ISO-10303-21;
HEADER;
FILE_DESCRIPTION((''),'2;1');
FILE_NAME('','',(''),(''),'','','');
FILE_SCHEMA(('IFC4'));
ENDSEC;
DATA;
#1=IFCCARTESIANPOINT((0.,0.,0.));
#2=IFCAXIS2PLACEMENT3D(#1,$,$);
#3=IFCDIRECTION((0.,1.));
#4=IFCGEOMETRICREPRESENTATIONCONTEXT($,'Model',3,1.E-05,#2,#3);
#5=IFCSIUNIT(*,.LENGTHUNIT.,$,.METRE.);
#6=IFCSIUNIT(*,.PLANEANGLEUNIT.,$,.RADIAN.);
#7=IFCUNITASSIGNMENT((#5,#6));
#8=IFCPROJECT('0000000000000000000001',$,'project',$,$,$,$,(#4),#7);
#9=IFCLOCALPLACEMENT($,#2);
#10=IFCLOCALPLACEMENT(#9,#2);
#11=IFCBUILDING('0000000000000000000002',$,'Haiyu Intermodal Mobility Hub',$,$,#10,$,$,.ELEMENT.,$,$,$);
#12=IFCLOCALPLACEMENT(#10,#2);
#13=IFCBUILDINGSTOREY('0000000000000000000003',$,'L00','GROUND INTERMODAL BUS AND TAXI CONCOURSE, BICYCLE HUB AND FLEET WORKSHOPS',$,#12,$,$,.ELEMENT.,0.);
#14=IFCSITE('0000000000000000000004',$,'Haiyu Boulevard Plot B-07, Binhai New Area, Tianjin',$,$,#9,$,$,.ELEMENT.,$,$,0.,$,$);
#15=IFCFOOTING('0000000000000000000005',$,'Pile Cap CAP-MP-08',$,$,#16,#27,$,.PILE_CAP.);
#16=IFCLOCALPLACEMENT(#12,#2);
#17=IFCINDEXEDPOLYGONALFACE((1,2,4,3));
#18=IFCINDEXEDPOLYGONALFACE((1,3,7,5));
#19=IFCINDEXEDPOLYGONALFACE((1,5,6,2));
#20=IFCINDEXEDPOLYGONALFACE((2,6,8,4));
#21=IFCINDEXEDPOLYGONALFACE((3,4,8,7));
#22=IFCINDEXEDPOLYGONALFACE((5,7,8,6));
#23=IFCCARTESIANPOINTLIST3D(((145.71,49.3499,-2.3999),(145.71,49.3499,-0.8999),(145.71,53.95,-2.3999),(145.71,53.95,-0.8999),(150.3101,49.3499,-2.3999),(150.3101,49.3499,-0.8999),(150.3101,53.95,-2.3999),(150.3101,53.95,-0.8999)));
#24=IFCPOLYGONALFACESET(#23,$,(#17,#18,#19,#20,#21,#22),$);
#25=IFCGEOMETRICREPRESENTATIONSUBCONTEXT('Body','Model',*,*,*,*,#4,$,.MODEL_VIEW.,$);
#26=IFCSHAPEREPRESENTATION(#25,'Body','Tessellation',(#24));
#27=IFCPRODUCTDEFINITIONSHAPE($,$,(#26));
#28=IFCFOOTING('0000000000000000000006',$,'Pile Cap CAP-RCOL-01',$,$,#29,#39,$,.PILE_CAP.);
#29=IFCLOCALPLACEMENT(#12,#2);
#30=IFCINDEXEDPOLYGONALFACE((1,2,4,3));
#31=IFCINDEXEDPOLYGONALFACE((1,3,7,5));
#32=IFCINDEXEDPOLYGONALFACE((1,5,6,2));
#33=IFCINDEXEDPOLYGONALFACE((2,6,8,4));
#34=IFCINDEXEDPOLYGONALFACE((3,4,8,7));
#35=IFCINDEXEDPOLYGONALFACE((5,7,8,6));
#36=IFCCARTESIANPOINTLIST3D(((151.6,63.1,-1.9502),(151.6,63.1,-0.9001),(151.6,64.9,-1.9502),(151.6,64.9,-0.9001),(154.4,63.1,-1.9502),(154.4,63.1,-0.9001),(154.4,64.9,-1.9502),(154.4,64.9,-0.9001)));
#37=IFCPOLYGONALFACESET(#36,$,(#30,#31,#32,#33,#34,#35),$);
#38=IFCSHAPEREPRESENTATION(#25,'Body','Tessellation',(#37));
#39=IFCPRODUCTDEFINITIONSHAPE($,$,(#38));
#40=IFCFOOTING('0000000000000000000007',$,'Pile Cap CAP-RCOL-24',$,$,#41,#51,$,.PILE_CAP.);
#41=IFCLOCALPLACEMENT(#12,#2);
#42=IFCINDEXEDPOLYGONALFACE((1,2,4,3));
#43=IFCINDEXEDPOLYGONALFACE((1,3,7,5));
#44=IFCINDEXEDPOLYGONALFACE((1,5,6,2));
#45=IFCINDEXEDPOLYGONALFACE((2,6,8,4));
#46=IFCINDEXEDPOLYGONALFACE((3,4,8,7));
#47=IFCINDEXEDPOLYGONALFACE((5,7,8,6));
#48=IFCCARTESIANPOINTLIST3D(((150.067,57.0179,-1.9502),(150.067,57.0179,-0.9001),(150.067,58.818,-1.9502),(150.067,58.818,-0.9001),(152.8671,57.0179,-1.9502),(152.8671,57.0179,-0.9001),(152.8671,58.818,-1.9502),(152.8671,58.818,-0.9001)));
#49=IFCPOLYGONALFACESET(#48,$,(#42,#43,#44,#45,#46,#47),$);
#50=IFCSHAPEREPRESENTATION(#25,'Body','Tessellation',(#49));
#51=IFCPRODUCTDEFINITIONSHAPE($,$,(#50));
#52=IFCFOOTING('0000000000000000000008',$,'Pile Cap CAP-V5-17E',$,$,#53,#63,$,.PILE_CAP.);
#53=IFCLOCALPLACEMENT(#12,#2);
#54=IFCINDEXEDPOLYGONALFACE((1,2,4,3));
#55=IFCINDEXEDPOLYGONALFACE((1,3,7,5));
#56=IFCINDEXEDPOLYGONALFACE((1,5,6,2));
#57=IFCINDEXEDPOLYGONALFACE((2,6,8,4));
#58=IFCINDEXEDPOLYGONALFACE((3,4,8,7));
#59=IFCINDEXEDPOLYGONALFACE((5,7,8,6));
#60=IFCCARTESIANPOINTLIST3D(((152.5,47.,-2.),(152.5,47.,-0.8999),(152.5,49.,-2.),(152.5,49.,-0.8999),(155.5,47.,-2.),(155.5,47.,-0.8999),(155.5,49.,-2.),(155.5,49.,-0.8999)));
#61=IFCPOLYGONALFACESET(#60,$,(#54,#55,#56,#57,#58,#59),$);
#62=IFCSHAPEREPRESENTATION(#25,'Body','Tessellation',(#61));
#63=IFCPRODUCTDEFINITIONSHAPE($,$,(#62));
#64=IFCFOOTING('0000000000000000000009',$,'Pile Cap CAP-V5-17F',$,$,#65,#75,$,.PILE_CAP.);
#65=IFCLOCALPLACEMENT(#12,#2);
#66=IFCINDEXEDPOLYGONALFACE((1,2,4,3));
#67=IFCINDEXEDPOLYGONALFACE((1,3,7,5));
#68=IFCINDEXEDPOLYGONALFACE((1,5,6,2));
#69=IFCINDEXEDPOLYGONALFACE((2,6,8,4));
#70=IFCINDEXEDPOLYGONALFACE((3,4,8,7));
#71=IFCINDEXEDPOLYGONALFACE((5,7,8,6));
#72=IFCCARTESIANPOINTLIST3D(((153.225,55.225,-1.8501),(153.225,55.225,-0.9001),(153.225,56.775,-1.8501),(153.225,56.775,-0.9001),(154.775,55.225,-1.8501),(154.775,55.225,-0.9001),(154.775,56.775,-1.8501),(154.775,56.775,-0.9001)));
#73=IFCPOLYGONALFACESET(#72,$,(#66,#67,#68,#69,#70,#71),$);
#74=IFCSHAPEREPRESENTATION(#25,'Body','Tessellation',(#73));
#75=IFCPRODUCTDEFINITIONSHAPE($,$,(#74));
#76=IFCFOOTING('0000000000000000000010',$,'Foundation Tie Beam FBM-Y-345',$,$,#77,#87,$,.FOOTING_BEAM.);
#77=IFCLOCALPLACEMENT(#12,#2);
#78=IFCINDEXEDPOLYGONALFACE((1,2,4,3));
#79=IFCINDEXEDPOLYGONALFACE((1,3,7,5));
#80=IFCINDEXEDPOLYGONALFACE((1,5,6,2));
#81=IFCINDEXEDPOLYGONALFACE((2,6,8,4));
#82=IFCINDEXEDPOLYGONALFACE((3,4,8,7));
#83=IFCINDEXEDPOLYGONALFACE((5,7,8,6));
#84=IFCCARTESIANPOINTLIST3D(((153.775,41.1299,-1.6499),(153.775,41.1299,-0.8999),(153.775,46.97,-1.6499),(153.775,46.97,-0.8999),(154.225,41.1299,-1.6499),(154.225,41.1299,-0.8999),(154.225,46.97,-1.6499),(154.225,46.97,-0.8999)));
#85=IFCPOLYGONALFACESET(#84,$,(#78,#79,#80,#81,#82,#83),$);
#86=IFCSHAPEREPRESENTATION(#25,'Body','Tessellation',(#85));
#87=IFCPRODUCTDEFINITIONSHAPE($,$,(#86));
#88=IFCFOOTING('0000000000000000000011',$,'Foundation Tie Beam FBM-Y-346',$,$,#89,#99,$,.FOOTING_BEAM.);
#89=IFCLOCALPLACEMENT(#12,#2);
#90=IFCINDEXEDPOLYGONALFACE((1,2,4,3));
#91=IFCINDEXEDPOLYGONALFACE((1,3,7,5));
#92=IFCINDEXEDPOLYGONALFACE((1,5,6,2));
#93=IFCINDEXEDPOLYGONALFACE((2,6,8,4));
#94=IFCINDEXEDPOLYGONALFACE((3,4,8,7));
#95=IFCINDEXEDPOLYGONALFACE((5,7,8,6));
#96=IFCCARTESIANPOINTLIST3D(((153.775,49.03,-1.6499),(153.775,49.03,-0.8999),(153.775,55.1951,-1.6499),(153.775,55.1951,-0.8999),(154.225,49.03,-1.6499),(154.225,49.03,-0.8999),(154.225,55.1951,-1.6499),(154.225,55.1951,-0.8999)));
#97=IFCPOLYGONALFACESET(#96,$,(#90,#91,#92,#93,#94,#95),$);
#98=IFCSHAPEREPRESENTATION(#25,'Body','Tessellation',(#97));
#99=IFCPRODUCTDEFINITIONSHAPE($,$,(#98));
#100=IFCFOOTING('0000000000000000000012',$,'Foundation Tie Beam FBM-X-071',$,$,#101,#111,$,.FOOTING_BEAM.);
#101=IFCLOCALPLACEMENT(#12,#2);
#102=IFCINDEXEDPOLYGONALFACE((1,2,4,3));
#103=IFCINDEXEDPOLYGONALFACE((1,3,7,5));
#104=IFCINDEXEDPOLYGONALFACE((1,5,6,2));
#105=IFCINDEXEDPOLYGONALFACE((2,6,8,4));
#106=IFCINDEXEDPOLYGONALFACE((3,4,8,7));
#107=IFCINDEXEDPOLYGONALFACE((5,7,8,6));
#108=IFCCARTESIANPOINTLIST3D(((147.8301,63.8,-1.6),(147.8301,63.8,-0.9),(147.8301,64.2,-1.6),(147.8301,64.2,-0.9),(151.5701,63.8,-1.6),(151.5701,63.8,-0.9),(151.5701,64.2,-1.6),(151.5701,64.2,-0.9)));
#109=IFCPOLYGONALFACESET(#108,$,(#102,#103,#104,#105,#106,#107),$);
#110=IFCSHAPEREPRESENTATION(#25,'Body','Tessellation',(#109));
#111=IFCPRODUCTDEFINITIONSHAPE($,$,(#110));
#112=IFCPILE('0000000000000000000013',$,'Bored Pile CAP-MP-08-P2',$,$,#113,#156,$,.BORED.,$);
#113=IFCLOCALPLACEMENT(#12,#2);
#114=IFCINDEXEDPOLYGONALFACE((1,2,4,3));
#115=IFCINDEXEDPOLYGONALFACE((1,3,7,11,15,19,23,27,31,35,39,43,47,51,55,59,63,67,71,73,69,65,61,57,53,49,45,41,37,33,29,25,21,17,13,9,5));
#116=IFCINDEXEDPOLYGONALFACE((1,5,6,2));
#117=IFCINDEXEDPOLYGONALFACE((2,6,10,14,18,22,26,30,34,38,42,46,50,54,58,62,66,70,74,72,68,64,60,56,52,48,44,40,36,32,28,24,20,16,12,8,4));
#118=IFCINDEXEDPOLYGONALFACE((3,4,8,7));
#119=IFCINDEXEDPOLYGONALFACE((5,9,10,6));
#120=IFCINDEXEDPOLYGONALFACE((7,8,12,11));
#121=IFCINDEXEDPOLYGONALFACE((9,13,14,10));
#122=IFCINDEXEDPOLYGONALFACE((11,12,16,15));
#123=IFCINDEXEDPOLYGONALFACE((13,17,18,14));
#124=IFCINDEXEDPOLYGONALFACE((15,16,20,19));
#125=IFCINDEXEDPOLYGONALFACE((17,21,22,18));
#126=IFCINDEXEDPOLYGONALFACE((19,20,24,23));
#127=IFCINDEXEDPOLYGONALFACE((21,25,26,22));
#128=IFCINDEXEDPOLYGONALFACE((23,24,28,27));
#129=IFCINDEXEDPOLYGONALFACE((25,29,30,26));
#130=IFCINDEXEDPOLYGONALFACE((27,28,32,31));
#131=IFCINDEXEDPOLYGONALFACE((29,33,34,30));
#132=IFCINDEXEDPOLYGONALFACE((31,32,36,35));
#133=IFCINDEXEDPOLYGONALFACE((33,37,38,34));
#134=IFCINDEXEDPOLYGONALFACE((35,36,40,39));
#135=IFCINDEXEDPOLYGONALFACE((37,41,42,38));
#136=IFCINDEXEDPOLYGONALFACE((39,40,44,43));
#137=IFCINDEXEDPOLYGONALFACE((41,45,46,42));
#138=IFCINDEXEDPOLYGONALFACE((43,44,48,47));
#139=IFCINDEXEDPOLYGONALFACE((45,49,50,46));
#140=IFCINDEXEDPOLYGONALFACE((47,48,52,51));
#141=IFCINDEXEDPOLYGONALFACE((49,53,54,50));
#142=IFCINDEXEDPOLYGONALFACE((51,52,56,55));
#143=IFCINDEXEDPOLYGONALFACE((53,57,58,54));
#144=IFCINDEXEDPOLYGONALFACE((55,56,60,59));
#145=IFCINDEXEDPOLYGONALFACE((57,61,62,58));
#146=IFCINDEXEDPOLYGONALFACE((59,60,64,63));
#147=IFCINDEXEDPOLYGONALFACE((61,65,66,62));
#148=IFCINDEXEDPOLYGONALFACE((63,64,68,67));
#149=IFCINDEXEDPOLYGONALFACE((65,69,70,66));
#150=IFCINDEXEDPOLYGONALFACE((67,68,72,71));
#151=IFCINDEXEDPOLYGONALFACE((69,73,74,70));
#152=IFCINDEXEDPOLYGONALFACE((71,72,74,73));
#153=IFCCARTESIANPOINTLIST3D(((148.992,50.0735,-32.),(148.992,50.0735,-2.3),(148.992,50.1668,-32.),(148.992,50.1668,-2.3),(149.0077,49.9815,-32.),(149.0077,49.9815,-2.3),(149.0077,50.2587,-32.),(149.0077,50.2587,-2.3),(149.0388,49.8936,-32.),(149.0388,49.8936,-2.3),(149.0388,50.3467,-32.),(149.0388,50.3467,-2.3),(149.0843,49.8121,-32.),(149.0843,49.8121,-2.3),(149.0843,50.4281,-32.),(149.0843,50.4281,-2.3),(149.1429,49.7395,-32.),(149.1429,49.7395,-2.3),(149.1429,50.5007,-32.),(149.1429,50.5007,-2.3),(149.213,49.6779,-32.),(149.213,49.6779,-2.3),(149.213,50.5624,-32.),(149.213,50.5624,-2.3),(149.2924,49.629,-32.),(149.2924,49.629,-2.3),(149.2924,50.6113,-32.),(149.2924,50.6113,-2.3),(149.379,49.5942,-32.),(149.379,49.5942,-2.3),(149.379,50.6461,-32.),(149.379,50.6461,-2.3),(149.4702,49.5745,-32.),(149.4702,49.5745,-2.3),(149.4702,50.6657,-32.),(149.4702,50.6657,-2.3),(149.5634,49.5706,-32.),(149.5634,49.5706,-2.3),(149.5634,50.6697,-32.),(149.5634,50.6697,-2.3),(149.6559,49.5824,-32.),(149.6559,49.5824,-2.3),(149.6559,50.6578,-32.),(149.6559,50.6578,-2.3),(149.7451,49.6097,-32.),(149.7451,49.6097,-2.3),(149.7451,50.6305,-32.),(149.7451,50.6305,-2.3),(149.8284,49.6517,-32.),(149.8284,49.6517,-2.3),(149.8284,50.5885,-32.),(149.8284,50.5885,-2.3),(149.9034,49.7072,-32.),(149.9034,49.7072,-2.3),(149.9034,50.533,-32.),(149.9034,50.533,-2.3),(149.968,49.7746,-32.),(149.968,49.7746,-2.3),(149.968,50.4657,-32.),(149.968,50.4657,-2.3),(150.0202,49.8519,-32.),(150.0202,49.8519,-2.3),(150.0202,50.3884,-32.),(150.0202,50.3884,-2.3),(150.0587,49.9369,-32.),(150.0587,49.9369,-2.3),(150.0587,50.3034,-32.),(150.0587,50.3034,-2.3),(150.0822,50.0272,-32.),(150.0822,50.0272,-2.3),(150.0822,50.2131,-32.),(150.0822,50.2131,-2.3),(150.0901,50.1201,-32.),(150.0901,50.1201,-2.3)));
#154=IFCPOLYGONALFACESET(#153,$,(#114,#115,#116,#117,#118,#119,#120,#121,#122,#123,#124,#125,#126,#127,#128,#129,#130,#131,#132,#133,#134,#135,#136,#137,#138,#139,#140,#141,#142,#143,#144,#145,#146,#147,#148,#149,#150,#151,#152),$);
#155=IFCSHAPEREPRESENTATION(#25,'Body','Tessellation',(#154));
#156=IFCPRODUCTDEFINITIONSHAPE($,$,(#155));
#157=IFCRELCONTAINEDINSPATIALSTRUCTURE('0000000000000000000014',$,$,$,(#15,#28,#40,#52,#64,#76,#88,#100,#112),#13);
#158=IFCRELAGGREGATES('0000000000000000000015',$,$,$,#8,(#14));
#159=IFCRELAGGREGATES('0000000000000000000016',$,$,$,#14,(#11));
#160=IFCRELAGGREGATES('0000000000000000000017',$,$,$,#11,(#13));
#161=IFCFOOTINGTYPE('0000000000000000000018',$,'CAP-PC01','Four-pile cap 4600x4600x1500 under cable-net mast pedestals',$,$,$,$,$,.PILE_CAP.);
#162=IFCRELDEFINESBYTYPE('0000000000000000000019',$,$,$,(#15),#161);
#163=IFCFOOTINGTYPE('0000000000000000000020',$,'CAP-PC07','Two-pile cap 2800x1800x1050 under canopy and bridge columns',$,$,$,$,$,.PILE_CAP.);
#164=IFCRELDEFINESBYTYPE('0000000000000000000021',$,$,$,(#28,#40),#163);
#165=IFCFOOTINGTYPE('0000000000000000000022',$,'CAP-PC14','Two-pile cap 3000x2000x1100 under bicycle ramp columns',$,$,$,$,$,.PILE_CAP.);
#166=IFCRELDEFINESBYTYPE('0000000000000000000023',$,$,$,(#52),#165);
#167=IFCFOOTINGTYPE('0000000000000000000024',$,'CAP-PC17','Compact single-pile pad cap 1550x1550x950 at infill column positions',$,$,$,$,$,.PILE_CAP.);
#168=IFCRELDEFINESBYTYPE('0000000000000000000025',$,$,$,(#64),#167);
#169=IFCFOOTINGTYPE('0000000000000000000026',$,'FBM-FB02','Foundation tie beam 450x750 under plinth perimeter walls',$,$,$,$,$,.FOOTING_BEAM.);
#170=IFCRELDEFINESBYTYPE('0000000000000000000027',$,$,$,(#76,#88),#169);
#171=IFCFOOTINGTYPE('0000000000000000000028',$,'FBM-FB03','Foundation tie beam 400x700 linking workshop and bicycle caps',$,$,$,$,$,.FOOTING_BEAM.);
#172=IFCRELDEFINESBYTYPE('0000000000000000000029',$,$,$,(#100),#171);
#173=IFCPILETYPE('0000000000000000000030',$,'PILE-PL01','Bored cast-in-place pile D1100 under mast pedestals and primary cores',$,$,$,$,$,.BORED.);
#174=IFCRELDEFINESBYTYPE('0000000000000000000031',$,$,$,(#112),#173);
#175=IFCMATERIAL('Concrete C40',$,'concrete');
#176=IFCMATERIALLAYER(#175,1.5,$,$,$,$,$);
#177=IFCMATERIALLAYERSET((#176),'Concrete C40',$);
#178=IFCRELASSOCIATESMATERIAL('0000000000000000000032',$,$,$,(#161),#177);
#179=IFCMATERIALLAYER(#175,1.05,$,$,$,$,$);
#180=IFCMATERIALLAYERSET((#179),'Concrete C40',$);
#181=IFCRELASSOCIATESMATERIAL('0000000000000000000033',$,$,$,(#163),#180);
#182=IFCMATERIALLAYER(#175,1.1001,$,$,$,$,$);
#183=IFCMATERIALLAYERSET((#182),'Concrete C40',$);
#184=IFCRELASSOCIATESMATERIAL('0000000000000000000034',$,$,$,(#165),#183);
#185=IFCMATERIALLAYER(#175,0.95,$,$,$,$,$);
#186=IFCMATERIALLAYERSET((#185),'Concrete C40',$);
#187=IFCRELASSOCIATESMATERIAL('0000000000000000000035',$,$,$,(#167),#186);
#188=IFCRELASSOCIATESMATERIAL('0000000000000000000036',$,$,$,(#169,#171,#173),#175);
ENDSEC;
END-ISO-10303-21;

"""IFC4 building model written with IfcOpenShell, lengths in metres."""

from ifc_helpers import new_model, si_unit, direction, frame, origin, origin_2d, place, context, subcontext, project, spatial, rectangle, circle, extrude, material, layer, layer_set, material_profile, profile_set, type_object, element, save


model = new_model("IFC4")

# Units and contexts
model_context = context("Model", 3, precision=1e-05, world=origin(), true_north=direction((0.0, 1.0)))
body_context = subcontext(model_context, "Body", "Model", "MODEL_VIEW")
ifc_project = project(units=[si_unit("LENGTHUNIT", "METRE"), si_unit("PLANEANGLEUNIT", "RADIAN")], contexts=[model_context])

# Site, building, storey
site_placement = place(None, origin())
site = spatial("IfcSite", under=ifc_project, at=site_placement, Name="Haiyu Boulevard Plot B-07, Binhai New Area, Tianjin", CompositionType="ELEMENT", RefElevation=0.0)
building_placement = place(site_placement, origin())
building = spatial("IfcBuilding", under=site, at=building_placement, Name="Haiyu Intermodal Mobility Hub", CompositionType="ELEMENT")
storey_placement = place(building_placement, origin())
storey = spatial("IfcBuildingStorey", under=building, at=storey_placement, Name="L00", Description="GROUND INTERMODAL BUS AND TAXI CONCOURSE, BICYCLE HUB AND FLEET WORKSHOPS", CompositionType="ELEMENT", Elevation=0.0)

# Footings
ifc_material_1 = material(Name="Concrete C40", Category="concrete")
ifc_layer_1 = layer(ifc_material_1, 1.5)
ifc_layer_set_1 = layer_set([ifc_layer_1], Name="Concrete C40")
footing_type_1 = type_object("IfcFootingType", Name="CAP-PC01", Description="Four-pile cap 4600x4600x1500 under cable-net mast pedestals", PredefinedType="PILE_CAP", material=ifc_layer_set_1)
footing_1_placement = place(storey_placement, frame((148.01, 51.6499, -2.3999), z_axis=(0.0, 0.0, 1.0), x_axis=(1.0, 0.0, 0.0)))
element("IfcFooting", 1, at=footing_1_placement, inside=storey, type_object=footing_type_1, Name="Pile Cap CAP-MP-08", PredefinedType="PILE_CAP", context=body_context, shape_type="SweptSolid", body=[
    extrude(rectangle(XDim=4.6001, YDim=4.6001, at=origin_2d()), origin(), (0.0, 0.0, 1.0), 1.5),
])
ifc_layer_2 = layer(ifc_material_1, 1.05)
ifc_layer_set_2 = layer_set([ifc_layer_2], Name="Concrete C40")
footing_type_2 = type_object("IfcFootingType", Name="CAP-PC07", Description="Two-pile cap 2800x1800x1050 under canopy and bridge columns", PredefinedType="PILE_CAP", material=ifc_layer_set_2)
for number, where, z_axis, x_axis, name in (
    (2, (153.0, 64.0, -1.9502), (0.0, 0.0, 1.0), (1.0, 0.0, 0.0), "Pile Cap CAP-RCOL-01"),
    (3, (151.467, 57.918, -1.9502), (0.0, 0.0, 1.0), (1.0, 0.0, 0.0), "Pile Cap CAP-RCOL-24"),
):
    element("IfcFooting", number, at=place(storey_placement, frame(where, z_axis=z_axis, x_axis=x_axis)), inside=storey, type_object=footing_type_2, Name=name, PredefinedType="PILE_CAP", context=body_context, shape_type="SweptSolid", body=[
        extrude(rectangle(XDim=2.8, YDim=1.8, at=origin_2d()), origin(), (0.0, 0.0, 1.0), 1.05),
    ])
ifc_layer_3 = layer(ifc_material_1, 1.1001)
ifc_layer_set_3 = layer_set([ifc_layer_3], Name="Concrete C40")
footing_type_3 = type_object("IfcFootingType", Name="CAP-PC14", Description="Two-pile cap 3000x2000x1100 under bicycle ramp columns", PredefinedType="PILE_CAP", material=ifc_layer_set_3)
footing_2_placement = place(storey_placement, frame((154.0, 48.0, -2.0), z_axis=(0.0, 0.0, 1.0), x_axis=(1.0, 0.0, 0.0)))
element("IfcFooting", 4, at=footing_2_placement, inside=storey, type_object=footing_type_3, Name="Pile Cap CAP-V5-17E", PredefinedType="PILE_CAP", context=body_context, shape_type="SweptSolid", body=[
    extrude(rectangle(XDim=3.0, YDim=2.0, at=origin_2d()), origin(), (0.0, 0.0, 1.0), 1.1001),
])
ifc_layer_4 = layer(ifc_material_1, 0.95)
ifc_layer_set_4 = layer_set([ifc_layer_4], Name="Concrete C40")
footing_type_4 = type_object("IfcFootingType", Name="CAP-PC17", Description="Compact single-pile pad cap 1550x1550x950 at infill column positions", PredefinedType="PILE_CAP", material=ifc_layer_set_4)
footing_3_placement = place(storey_placement, frame((154.0, 56.0, -1.8501), z_axis=(0.0, 0.0, 1.0), x_axis=(1.0, 0.0, 0.0)))
element("IfcFooting", 5, at=footing_3_placement, inside=storey, type_object=footing_type_4, Name="Pile Cap CAP-V5-17F", PredefinedType="PILE_CAP", context=body_context, shape_type="SweptSolid", body=[
    extrude(rectangle(XDim=1.55, YDim=1.55, at=origin_2d()), origin(), (0.0, 0.0, 1.0), 0.95),
])
ifc_material_profile_1 = material_profile(ifc_material_1, rectangle(XDim=0.45, YDim=0.75, at=origin_2d()), Name="FB450x750")
ifc_profile_set_1 = profile_set([ifc_material_profile_1], Name="Concrete C40")
footing_type_5 = type_object("IfcFootingType", Name="FBM-FB02", Description="Foundation tie beam 450x750 under plinth perimeter walls", PredefinedType="FOOTING_BEAM", material=ifc_profile_set_1)
footing_4_placement = place(storey_placement, frame((154.0, 41.1299, -1.2749), z_axis=(0.0, 1.0, 0.0), x_axis=(-1.0, 0.0, 0.0)))
element("IfcFooting", 6, at=footing_4_placement, inside=storey, type_object=footing_type_5, Name="Foundation Tie Beam FBM-Y-345", PredefinedType="FOOTING_BEAM", context=body_context, shape_type="SweptSolid", body=[
    extrude(rectangle(XDim=0.45, YDim=0.75, at=origin_2d()), origin(), (0.0, 0.0, 1.0), 5.8401),
])
footing_5_placement = place(storey_placement, frame((154.0, 49.03, -1.2749), z_axis=(0.0, 1.0, 0.0), x_axis=(-1.0, 0.0, 0.0)))
element("IfcFooting", 7, at=footing_5_placement, inside=storey, type_object=footing_type_5, Name="Foundation Tie Beam FBM-Y-346", PredefinedType="FOOTING_BEAM", context=body_context, shape_type="SweptSolid", body=[
    extrude(rectangle(XDim=0.45, YDim=0.75, at=origin_2d()), origin(), (0.0, 0.0, 1.0), 6.165),
])
ifc_material_profile_2 = material_profile(ifc_material_1, rectangle(XDim=0.3999, YDim=0.7, at=origin_2d()), Name="FB400x700")
ifc_profile_set_2 = profile_set([ifc_material_profile_2], Name="Concrete C40")
footing_type_6 = type_object("IfcFootingType", Name="FBM-FB03", Description="Foundation tie beam 400x700 linking workshop and bicycle caps", PredefinedType="FOOTING_BEAM", material=ifc_profile_set_2)
footing_6_placement = place(storey_placement, frame((147.8301, 64.0, -1.25), z_axis=(1.0, 0.0, 0.0), x_axis=(0.0, 1.0, 0.0)))
element("IfcFooting", 8, at=footing_6_placement, inside=storey, type_object=footing_type_6, Name="Foundation Tie Beam FBM-X-071", PredefinedType="FOOTING_BEAM", context=body_context, shape_type="SweptSolid", body=[
    extrude(rectangle(XDim=0.3999, YDim=0.7, at=origin_2d()), origin(), (0.0, 0.0, 1.0), 3.74),
])

# Pile
ifc_material_profile_3 = material_profile(ifc_material_1, circle(Radius=0.55, at=origin_2d()), Name="PILE-D1100")
ifc_profile_set_3 = profile_set([ifc_material_profile_3], Name="Concrete C40")
pile_type_1 = type_object("IfcPileType", Name="PILE-PL01", Description="Bored cast-in-place pile D1100 under mast pedestals and primary cores", PredefinedType="BORED", material=ifc_profile_set_3)
for number, where, z_axis, x_axis, name in (
    (9, (149.54, 50.1201, -2.3), (0.0, 0.0, -1.0), (1.0, 0.0, 0.0), "Bored Pile CAP-MP-08-P2"),
):
    element("IfcPile", number, at=place(storey_placement, frame(where, z_axis=z_axis, x_axis=x_axis)), inside=storey, type_object=pile_type_1, Name=name, PredefinedType="BORED", context=body_context, shape_type="SweptSolid", body=[
        extrude(circle(Radius=0.55, at=origin_2d()), origin(), (0.0, 0.0, 1.0), 29.7),
    ])

save(model, "model.ifc")
